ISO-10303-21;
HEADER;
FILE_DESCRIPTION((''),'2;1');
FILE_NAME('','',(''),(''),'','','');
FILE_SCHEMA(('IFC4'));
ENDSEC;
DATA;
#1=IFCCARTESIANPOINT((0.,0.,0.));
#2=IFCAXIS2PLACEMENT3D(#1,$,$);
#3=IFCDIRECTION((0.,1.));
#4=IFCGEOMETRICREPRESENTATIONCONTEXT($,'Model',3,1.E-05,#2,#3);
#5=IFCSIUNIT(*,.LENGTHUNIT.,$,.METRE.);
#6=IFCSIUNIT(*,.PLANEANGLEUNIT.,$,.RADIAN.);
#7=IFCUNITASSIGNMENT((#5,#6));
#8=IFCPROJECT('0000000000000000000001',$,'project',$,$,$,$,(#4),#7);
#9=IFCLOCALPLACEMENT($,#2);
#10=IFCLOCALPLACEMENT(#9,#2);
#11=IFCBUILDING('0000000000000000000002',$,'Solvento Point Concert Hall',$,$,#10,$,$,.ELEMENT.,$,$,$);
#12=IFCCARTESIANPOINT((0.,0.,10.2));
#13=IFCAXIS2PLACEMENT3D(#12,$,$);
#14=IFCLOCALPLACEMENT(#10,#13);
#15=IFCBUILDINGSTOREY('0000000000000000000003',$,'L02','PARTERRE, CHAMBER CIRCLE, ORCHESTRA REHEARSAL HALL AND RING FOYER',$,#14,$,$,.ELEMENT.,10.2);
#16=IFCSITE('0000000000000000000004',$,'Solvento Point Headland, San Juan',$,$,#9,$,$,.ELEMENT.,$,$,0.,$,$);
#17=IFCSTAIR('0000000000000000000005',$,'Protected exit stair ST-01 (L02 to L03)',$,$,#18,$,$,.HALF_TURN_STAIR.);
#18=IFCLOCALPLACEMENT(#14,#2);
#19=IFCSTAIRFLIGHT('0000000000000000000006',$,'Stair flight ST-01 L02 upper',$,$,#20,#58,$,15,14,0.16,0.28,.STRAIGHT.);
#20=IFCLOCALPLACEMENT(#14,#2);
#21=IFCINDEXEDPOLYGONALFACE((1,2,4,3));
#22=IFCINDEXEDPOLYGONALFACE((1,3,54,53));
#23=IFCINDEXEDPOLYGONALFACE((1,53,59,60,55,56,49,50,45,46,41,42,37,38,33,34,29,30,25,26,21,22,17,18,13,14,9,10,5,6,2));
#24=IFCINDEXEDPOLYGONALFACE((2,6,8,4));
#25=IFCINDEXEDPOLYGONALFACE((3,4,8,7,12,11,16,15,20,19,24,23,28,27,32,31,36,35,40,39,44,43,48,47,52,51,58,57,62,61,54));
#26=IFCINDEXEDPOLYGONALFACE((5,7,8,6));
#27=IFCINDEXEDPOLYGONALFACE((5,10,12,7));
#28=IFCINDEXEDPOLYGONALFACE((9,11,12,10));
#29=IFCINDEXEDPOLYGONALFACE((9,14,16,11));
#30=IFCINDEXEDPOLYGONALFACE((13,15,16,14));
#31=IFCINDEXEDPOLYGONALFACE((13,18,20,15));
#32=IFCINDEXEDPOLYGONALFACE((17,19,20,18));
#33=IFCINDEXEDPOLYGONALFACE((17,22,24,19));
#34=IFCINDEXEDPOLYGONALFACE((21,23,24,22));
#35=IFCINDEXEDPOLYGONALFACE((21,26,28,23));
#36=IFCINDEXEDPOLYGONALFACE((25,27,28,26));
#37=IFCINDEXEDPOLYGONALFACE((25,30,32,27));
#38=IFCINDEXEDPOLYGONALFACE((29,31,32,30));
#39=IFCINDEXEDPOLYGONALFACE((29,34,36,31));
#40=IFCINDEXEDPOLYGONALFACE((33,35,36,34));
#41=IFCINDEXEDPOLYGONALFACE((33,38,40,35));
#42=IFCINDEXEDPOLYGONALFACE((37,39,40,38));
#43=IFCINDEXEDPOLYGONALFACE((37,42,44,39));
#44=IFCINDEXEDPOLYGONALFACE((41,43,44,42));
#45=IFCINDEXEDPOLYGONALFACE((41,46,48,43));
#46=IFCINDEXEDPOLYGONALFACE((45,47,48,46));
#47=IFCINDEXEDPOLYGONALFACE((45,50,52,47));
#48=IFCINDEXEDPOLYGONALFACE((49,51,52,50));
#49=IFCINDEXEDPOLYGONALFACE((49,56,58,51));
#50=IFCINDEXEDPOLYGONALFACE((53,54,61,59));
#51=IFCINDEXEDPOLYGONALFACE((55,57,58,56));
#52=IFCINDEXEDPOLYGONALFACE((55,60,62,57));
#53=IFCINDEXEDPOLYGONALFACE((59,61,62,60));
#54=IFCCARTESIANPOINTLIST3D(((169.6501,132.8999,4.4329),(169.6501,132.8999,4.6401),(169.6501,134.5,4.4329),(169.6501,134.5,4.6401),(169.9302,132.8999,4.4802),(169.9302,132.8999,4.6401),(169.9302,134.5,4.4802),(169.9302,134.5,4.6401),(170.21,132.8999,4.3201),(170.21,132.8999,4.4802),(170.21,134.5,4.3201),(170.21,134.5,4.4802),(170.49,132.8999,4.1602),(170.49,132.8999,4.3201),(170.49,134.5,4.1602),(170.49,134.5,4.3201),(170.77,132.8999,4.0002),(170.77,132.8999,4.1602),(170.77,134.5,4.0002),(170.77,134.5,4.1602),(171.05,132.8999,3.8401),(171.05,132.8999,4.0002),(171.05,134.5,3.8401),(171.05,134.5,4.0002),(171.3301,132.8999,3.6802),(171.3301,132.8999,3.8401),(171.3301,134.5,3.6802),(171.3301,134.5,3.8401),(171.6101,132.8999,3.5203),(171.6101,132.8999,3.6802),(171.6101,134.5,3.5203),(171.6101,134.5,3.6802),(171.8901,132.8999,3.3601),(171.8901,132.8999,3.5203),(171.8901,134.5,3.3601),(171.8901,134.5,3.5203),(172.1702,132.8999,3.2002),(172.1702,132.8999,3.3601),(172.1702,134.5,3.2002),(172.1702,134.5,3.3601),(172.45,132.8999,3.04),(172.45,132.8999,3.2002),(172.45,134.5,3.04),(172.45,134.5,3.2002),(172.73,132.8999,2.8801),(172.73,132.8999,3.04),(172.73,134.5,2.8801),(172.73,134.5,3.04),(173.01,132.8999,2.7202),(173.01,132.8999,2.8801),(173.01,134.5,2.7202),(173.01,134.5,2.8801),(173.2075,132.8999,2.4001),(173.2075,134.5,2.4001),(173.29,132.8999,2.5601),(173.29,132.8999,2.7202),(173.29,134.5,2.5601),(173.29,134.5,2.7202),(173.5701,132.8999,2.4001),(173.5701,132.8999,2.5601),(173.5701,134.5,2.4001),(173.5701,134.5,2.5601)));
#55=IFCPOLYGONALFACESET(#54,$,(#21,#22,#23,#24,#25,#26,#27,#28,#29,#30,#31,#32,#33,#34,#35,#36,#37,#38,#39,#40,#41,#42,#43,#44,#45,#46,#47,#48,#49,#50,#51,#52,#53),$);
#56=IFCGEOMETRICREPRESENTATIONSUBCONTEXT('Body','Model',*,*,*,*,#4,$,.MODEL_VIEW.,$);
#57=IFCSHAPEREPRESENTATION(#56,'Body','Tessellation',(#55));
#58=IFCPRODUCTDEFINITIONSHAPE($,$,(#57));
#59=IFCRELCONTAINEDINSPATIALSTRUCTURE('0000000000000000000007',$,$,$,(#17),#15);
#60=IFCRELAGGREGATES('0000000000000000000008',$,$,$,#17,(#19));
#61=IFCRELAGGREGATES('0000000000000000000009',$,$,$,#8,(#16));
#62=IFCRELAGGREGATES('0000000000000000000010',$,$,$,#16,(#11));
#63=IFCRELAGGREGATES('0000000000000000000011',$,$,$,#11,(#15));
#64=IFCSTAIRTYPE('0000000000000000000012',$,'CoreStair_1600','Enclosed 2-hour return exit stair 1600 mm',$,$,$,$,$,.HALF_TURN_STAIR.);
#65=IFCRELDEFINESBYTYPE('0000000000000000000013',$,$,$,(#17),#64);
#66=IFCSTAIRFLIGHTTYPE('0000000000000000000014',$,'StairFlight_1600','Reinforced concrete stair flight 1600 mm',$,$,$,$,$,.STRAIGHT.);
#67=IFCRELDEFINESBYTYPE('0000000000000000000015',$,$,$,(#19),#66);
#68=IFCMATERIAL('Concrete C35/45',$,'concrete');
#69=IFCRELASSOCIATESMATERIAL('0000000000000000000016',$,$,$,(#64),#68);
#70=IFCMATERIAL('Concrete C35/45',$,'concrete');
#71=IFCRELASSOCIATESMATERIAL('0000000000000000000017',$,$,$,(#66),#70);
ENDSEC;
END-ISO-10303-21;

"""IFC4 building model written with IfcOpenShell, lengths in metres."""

from ifc_helpers import new_model, si_unit, direction, frame, origin, place, context, subcontext, project, spatial, polyline, outline, extrude, material, type_object, element, aggregate, save


model = new_model("IFC4")

# Units and contexts
model_context = context("Model", 3, precision=1e-05, world=origin(), true_north=direction((0.0, 1.0)))
body_context = subcontext(model_context, "Body", "Model", "MODEL_VIEW")
ifc_project = project(units=[si_unit("LENGTHUNIT", "METRE"), si_unit("PLANEANGLEUNIT", "RADIAN")], contexts=[model_context])

# Site, building, storey
site_placement = place(None, origin())
site = spatial("IfcSite", under=ifc_project, at=site_placement, Name="Solvento Point Headland, San Juan", CompositionType="ELEMENT", RefElevation=0.0)
building_placement = place(site_placement, origin())
building = spatial("IfcBuilding", under=site, at=building_placement, Name="Solvento Point Concert Hall", CompositionType="ELEMENT")
storey_placement = place(building_placement, frame((0.0, 0.0, 10.2)))
storey = spatial("IfcBuildingStorey", under=building, at=storey_placement, Name="L02", Description="PARTERRE, CHAMBER CIRCLE, ORCHESTRA REHEARSAL HALL AND RING FOYER", CompositionType="ELEMENT", Elevation=10.2)

# Stair, stair flight
ifc_material_1 = material(Name="Concrete C35/45", Category="concrete")
stair_type = type_object("IfcStairType", Name="CoreStair_1600", Description="Enclosed 2-hour return exit stair 1600 mm", PredefinedType="HALF_TURN_STAIR", material=ifc_material_1)
stair_placement = place(storey_placement, origin())
stair = element("IfcStair", 1, at=stair_placement, inside=storey, type_object=stair_type, Name="Protected exit stair ST-01 (L02 to L03)", PredefinedType="HALF_TURN_STAIR")
ifc_material_2 = material(Name="Concrete C35/45", Category="concrete")
stair_flight_type = type_object("IfcStairFlightType", Name="StairFlight_1600", Description="Reinforced concrete stair flight 1600 mm", PredefinedType="STRAIGHT", material=ifc_material_2)
stair_flight_placement = place(storey_placement, frame((173.5701, 133.7, 2.4001), z_axis=(0.0, 0.0, 1.0), x_axis=(-1.0, 0.0, 0.0)))
stair_flight = element("IfcStairFlight", 2, at=stair_flight_placement, type_object=stair_flight_type, Name="Stair flight ST-01 L02 upper", NumberOfRisers=15, NumberOfTreads=14, PredefinedType="STRAIGHT", RiserHeight=0.16, TreadLength=0.28, context=body_context, shape_type="SweptSolid", body=[
    extrude(outline(polyline([(0.0, 0.0), (0.0, 0.1599), (0.28, 0.1599), (0.28, 0.3201), (0.5601, 0.3201), (0.5601, 0.48), (0.8401, 0.48), (0.8401, 0.6399), (1.1201, 0.6399), (1.1201, 0.8), (1.3999, 0.8), (1.3999, 0.96), (1.6799, 0.96), (1.6799, 1.1201), (1.96, 1.1201), (1.96, 1.28), (2.24, 1.28), (2.24, 1.4399), (2.52, 1.4399), (2.52, 1.6001), (2.8, 1.6001), (2.8, 1.76), (3.0801, 1.76), (3.0801, 1.9199), (3.3601, 1.9199), (3.3601, 2.0801), (3.6399, 2.0801), (3.6399, 2.24), (3.9199, 2.24), (3.9199, 2.3999), (3.9199, 2.0327), (0.3625, 0.0), (0.0, 0.0)])), frame((0.0, 0.8, 0.0), z_axis=(0.0, -1.0, 0.0), x_axis=(1.0, 0.0, 0.0)), (0.0, 0.0, 1.0), 1.6001),
])
aggregate(stair, [stair_flight])

save(model, "model.ifc")
